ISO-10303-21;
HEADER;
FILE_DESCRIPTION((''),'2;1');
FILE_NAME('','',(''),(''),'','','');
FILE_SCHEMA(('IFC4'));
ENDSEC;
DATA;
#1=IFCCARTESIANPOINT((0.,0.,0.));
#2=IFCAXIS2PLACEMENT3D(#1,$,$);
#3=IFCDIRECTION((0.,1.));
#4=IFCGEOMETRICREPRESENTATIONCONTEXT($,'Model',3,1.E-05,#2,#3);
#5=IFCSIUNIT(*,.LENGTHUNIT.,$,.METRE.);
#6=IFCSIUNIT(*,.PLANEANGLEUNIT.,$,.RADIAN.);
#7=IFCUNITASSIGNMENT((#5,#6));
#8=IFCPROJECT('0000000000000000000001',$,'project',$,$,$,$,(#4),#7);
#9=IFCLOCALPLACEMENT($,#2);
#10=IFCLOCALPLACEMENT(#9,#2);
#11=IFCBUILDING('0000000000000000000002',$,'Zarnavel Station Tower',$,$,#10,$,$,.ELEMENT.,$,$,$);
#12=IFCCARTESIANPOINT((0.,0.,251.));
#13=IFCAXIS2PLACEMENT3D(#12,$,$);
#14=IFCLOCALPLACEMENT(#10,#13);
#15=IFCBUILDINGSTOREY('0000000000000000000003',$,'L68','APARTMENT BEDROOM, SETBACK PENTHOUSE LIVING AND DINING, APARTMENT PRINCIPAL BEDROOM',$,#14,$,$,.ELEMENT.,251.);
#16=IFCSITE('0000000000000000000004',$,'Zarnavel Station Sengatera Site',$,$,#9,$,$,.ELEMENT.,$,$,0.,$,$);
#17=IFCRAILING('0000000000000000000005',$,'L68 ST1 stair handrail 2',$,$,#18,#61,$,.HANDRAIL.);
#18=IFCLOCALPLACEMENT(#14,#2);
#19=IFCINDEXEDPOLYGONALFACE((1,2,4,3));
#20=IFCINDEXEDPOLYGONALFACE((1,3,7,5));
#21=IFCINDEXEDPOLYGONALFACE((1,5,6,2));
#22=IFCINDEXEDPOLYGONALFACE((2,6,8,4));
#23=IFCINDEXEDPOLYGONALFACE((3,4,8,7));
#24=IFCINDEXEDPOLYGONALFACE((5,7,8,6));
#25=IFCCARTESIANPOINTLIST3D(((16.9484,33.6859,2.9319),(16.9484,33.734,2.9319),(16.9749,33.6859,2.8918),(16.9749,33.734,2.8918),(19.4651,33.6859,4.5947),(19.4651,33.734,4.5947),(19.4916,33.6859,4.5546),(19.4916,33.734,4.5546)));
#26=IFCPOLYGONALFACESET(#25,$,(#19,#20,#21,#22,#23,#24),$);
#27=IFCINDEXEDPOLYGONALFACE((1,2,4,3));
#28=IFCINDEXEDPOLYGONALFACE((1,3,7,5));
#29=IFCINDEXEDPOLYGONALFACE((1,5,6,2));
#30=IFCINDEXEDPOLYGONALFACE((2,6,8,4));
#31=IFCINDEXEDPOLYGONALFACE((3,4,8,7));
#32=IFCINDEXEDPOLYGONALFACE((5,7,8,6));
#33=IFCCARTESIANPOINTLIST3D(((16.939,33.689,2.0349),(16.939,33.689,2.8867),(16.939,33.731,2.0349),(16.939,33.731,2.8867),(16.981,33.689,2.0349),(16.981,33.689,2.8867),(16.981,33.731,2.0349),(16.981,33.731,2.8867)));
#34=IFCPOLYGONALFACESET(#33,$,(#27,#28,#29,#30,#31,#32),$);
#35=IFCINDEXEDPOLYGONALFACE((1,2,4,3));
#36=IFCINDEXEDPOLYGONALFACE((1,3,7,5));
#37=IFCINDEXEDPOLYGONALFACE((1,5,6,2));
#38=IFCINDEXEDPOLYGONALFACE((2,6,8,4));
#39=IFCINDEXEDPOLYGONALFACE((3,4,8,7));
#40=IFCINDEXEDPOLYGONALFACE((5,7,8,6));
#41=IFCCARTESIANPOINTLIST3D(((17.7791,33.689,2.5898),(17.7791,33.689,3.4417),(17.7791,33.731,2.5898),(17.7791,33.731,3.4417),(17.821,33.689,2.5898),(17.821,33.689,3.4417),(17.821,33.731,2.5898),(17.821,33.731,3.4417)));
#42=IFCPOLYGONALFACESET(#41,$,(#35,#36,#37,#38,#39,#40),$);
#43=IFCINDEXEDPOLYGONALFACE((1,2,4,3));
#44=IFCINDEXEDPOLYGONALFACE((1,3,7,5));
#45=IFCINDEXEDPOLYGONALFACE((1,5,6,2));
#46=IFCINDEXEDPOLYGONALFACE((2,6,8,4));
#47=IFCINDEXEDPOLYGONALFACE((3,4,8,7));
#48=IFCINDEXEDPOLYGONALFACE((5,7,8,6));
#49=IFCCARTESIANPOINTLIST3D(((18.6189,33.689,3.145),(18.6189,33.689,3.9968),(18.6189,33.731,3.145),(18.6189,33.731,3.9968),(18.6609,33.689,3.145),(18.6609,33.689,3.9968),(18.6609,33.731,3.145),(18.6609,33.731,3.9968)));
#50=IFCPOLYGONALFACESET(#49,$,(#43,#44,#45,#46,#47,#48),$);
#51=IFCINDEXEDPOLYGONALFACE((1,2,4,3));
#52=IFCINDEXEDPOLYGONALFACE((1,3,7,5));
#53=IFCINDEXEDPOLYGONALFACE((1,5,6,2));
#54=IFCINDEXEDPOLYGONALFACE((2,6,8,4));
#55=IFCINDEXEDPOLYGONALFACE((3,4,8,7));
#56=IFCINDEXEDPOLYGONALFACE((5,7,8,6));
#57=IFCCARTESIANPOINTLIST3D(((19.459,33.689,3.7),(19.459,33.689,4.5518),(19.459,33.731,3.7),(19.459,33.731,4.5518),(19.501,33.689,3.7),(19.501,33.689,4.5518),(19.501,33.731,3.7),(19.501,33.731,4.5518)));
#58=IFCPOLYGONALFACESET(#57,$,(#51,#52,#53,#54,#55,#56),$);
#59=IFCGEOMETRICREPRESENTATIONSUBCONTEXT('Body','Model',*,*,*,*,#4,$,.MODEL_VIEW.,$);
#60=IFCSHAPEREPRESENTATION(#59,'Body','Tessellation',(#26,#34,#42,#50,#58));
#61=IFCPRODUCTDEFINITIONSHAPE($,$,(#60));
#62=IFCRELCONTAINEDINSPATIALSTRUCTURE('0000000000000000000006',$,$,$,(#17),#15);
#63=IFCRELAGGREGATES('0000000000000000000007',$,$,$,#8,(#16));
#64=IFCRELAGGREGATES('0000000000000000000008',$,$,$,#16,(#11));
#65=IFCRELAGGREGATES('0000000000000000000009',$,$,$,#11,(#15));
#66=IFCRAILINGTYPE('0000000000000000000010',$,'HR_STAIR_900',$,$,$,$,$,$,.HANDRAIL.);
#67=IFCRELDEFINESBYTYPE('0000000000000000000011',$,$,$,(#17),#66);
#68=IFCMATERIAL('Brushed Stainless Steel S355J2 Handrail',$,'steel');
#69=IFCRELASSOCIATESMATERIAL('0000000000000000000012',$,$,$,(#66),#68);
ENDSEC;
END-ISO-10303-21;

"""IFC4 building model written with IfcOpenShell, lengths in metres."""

from ifc_helpers import new_model, si_unit, direction, frame, origin, origin_2d, place, context, subcontext, project, spatial, rectangle, extrude, material, type_object, element, save


model = new_model("IFC4")

# Units and contexts
model_context = context("Model", 3, precision=1e-05, world=origin(), true_north=direction((0.0, 1.0)))
body_context = subcontext(model_context, "Body", "Model", "MODEL_VIEW")
ifc_project = project(units=[si_unit("LENGTHUNIT", "METRE"), si_unit("PLANEANGLEUNIT", "RADIAN")], contexts=[model_context])

# Site, building, storey
site_placement = place(None, origin())
site = spatial("IfcSite", under=ifc_project, at=site_placement, Name="Zarnavel Station Sengatera Site", CompositionType="ELEMENT", RefElevation=0.0)
building_placement = place(site_placement, origin())
building = spatial("IfcBuilding", under=site, at=building_placement, Name="Zarnavel Station Tower", CompositionType="ELEMENT")
storey_placement = place(building_placement, frame((0.0, 0.0, 251.0)))
storey = spatial("IfcBuildingStorey", under=building, at=storey_placement, Name="L68", Description="APARTMENT BEDROOM, SETBACK PENTHOUSE LIVING AND DINING, APARTMENT PRINCIPAL BEDROOM", CompositionType="ELEMENT", Elevation=251.0)

# Railing
ifc_material_1 = material(Name="Brushed Stainless Steel S355J2 Handrail", Category="steel")
railing_type_1 = type_object("IfcRailingType", Name="HR_STAIR_900", PredefinedType="HANDRAIL", material=ifc_material_1)
railing_1_placement = place(storey_placement, frame((16.96, 33.71, 2.0349)))
element("IfcRailing", 1, at=railing_1_placement, inside=storey, type_object=railing_type_1, Name="L68 ST1 stair handrail 2", PredefinedType="HANDRAIL", context=body_context, shape_type="SweptSolid", body=[
    extrude(rectangle(XDim=0.0481, YDim=0.0481, at=origin_2d()), frame((0.0017, 0.0, 0.877), z_axis=(0.834331, 0.0, 0.551263), x_axis=(0.0, 1.0, 0.0)), (0.0, 0.0, 1.0), 3.0164),
    extrude(rectangle(XDim=0.042, YDim=0.042, at=origin_2d()), origin(), (0.0, 0.0, 1.0), 0.8518),
    extrude(rectangle(XDim=0.042, YDim=0.042, at=origin_2d()), frame((0.8401, 0.0, 0.5549)), (0.0, 0.0, 1.0), 0.8518),
    extrude(rectangle(XDim=0.042, YDim=0.042, at=origin_2d()), frame((1.6799, 0.0, 1.1101)), (0.0, 0.0, 1.0), 0.8518),
    extrude(rectangle(XDim=0.042, YDim=0.042, at=origin_2d()), frame((2.52, 0.0, 1.665)), (0.0, 0.0, 1.0), 0.8518),
])

save(model, "model.ifc")
